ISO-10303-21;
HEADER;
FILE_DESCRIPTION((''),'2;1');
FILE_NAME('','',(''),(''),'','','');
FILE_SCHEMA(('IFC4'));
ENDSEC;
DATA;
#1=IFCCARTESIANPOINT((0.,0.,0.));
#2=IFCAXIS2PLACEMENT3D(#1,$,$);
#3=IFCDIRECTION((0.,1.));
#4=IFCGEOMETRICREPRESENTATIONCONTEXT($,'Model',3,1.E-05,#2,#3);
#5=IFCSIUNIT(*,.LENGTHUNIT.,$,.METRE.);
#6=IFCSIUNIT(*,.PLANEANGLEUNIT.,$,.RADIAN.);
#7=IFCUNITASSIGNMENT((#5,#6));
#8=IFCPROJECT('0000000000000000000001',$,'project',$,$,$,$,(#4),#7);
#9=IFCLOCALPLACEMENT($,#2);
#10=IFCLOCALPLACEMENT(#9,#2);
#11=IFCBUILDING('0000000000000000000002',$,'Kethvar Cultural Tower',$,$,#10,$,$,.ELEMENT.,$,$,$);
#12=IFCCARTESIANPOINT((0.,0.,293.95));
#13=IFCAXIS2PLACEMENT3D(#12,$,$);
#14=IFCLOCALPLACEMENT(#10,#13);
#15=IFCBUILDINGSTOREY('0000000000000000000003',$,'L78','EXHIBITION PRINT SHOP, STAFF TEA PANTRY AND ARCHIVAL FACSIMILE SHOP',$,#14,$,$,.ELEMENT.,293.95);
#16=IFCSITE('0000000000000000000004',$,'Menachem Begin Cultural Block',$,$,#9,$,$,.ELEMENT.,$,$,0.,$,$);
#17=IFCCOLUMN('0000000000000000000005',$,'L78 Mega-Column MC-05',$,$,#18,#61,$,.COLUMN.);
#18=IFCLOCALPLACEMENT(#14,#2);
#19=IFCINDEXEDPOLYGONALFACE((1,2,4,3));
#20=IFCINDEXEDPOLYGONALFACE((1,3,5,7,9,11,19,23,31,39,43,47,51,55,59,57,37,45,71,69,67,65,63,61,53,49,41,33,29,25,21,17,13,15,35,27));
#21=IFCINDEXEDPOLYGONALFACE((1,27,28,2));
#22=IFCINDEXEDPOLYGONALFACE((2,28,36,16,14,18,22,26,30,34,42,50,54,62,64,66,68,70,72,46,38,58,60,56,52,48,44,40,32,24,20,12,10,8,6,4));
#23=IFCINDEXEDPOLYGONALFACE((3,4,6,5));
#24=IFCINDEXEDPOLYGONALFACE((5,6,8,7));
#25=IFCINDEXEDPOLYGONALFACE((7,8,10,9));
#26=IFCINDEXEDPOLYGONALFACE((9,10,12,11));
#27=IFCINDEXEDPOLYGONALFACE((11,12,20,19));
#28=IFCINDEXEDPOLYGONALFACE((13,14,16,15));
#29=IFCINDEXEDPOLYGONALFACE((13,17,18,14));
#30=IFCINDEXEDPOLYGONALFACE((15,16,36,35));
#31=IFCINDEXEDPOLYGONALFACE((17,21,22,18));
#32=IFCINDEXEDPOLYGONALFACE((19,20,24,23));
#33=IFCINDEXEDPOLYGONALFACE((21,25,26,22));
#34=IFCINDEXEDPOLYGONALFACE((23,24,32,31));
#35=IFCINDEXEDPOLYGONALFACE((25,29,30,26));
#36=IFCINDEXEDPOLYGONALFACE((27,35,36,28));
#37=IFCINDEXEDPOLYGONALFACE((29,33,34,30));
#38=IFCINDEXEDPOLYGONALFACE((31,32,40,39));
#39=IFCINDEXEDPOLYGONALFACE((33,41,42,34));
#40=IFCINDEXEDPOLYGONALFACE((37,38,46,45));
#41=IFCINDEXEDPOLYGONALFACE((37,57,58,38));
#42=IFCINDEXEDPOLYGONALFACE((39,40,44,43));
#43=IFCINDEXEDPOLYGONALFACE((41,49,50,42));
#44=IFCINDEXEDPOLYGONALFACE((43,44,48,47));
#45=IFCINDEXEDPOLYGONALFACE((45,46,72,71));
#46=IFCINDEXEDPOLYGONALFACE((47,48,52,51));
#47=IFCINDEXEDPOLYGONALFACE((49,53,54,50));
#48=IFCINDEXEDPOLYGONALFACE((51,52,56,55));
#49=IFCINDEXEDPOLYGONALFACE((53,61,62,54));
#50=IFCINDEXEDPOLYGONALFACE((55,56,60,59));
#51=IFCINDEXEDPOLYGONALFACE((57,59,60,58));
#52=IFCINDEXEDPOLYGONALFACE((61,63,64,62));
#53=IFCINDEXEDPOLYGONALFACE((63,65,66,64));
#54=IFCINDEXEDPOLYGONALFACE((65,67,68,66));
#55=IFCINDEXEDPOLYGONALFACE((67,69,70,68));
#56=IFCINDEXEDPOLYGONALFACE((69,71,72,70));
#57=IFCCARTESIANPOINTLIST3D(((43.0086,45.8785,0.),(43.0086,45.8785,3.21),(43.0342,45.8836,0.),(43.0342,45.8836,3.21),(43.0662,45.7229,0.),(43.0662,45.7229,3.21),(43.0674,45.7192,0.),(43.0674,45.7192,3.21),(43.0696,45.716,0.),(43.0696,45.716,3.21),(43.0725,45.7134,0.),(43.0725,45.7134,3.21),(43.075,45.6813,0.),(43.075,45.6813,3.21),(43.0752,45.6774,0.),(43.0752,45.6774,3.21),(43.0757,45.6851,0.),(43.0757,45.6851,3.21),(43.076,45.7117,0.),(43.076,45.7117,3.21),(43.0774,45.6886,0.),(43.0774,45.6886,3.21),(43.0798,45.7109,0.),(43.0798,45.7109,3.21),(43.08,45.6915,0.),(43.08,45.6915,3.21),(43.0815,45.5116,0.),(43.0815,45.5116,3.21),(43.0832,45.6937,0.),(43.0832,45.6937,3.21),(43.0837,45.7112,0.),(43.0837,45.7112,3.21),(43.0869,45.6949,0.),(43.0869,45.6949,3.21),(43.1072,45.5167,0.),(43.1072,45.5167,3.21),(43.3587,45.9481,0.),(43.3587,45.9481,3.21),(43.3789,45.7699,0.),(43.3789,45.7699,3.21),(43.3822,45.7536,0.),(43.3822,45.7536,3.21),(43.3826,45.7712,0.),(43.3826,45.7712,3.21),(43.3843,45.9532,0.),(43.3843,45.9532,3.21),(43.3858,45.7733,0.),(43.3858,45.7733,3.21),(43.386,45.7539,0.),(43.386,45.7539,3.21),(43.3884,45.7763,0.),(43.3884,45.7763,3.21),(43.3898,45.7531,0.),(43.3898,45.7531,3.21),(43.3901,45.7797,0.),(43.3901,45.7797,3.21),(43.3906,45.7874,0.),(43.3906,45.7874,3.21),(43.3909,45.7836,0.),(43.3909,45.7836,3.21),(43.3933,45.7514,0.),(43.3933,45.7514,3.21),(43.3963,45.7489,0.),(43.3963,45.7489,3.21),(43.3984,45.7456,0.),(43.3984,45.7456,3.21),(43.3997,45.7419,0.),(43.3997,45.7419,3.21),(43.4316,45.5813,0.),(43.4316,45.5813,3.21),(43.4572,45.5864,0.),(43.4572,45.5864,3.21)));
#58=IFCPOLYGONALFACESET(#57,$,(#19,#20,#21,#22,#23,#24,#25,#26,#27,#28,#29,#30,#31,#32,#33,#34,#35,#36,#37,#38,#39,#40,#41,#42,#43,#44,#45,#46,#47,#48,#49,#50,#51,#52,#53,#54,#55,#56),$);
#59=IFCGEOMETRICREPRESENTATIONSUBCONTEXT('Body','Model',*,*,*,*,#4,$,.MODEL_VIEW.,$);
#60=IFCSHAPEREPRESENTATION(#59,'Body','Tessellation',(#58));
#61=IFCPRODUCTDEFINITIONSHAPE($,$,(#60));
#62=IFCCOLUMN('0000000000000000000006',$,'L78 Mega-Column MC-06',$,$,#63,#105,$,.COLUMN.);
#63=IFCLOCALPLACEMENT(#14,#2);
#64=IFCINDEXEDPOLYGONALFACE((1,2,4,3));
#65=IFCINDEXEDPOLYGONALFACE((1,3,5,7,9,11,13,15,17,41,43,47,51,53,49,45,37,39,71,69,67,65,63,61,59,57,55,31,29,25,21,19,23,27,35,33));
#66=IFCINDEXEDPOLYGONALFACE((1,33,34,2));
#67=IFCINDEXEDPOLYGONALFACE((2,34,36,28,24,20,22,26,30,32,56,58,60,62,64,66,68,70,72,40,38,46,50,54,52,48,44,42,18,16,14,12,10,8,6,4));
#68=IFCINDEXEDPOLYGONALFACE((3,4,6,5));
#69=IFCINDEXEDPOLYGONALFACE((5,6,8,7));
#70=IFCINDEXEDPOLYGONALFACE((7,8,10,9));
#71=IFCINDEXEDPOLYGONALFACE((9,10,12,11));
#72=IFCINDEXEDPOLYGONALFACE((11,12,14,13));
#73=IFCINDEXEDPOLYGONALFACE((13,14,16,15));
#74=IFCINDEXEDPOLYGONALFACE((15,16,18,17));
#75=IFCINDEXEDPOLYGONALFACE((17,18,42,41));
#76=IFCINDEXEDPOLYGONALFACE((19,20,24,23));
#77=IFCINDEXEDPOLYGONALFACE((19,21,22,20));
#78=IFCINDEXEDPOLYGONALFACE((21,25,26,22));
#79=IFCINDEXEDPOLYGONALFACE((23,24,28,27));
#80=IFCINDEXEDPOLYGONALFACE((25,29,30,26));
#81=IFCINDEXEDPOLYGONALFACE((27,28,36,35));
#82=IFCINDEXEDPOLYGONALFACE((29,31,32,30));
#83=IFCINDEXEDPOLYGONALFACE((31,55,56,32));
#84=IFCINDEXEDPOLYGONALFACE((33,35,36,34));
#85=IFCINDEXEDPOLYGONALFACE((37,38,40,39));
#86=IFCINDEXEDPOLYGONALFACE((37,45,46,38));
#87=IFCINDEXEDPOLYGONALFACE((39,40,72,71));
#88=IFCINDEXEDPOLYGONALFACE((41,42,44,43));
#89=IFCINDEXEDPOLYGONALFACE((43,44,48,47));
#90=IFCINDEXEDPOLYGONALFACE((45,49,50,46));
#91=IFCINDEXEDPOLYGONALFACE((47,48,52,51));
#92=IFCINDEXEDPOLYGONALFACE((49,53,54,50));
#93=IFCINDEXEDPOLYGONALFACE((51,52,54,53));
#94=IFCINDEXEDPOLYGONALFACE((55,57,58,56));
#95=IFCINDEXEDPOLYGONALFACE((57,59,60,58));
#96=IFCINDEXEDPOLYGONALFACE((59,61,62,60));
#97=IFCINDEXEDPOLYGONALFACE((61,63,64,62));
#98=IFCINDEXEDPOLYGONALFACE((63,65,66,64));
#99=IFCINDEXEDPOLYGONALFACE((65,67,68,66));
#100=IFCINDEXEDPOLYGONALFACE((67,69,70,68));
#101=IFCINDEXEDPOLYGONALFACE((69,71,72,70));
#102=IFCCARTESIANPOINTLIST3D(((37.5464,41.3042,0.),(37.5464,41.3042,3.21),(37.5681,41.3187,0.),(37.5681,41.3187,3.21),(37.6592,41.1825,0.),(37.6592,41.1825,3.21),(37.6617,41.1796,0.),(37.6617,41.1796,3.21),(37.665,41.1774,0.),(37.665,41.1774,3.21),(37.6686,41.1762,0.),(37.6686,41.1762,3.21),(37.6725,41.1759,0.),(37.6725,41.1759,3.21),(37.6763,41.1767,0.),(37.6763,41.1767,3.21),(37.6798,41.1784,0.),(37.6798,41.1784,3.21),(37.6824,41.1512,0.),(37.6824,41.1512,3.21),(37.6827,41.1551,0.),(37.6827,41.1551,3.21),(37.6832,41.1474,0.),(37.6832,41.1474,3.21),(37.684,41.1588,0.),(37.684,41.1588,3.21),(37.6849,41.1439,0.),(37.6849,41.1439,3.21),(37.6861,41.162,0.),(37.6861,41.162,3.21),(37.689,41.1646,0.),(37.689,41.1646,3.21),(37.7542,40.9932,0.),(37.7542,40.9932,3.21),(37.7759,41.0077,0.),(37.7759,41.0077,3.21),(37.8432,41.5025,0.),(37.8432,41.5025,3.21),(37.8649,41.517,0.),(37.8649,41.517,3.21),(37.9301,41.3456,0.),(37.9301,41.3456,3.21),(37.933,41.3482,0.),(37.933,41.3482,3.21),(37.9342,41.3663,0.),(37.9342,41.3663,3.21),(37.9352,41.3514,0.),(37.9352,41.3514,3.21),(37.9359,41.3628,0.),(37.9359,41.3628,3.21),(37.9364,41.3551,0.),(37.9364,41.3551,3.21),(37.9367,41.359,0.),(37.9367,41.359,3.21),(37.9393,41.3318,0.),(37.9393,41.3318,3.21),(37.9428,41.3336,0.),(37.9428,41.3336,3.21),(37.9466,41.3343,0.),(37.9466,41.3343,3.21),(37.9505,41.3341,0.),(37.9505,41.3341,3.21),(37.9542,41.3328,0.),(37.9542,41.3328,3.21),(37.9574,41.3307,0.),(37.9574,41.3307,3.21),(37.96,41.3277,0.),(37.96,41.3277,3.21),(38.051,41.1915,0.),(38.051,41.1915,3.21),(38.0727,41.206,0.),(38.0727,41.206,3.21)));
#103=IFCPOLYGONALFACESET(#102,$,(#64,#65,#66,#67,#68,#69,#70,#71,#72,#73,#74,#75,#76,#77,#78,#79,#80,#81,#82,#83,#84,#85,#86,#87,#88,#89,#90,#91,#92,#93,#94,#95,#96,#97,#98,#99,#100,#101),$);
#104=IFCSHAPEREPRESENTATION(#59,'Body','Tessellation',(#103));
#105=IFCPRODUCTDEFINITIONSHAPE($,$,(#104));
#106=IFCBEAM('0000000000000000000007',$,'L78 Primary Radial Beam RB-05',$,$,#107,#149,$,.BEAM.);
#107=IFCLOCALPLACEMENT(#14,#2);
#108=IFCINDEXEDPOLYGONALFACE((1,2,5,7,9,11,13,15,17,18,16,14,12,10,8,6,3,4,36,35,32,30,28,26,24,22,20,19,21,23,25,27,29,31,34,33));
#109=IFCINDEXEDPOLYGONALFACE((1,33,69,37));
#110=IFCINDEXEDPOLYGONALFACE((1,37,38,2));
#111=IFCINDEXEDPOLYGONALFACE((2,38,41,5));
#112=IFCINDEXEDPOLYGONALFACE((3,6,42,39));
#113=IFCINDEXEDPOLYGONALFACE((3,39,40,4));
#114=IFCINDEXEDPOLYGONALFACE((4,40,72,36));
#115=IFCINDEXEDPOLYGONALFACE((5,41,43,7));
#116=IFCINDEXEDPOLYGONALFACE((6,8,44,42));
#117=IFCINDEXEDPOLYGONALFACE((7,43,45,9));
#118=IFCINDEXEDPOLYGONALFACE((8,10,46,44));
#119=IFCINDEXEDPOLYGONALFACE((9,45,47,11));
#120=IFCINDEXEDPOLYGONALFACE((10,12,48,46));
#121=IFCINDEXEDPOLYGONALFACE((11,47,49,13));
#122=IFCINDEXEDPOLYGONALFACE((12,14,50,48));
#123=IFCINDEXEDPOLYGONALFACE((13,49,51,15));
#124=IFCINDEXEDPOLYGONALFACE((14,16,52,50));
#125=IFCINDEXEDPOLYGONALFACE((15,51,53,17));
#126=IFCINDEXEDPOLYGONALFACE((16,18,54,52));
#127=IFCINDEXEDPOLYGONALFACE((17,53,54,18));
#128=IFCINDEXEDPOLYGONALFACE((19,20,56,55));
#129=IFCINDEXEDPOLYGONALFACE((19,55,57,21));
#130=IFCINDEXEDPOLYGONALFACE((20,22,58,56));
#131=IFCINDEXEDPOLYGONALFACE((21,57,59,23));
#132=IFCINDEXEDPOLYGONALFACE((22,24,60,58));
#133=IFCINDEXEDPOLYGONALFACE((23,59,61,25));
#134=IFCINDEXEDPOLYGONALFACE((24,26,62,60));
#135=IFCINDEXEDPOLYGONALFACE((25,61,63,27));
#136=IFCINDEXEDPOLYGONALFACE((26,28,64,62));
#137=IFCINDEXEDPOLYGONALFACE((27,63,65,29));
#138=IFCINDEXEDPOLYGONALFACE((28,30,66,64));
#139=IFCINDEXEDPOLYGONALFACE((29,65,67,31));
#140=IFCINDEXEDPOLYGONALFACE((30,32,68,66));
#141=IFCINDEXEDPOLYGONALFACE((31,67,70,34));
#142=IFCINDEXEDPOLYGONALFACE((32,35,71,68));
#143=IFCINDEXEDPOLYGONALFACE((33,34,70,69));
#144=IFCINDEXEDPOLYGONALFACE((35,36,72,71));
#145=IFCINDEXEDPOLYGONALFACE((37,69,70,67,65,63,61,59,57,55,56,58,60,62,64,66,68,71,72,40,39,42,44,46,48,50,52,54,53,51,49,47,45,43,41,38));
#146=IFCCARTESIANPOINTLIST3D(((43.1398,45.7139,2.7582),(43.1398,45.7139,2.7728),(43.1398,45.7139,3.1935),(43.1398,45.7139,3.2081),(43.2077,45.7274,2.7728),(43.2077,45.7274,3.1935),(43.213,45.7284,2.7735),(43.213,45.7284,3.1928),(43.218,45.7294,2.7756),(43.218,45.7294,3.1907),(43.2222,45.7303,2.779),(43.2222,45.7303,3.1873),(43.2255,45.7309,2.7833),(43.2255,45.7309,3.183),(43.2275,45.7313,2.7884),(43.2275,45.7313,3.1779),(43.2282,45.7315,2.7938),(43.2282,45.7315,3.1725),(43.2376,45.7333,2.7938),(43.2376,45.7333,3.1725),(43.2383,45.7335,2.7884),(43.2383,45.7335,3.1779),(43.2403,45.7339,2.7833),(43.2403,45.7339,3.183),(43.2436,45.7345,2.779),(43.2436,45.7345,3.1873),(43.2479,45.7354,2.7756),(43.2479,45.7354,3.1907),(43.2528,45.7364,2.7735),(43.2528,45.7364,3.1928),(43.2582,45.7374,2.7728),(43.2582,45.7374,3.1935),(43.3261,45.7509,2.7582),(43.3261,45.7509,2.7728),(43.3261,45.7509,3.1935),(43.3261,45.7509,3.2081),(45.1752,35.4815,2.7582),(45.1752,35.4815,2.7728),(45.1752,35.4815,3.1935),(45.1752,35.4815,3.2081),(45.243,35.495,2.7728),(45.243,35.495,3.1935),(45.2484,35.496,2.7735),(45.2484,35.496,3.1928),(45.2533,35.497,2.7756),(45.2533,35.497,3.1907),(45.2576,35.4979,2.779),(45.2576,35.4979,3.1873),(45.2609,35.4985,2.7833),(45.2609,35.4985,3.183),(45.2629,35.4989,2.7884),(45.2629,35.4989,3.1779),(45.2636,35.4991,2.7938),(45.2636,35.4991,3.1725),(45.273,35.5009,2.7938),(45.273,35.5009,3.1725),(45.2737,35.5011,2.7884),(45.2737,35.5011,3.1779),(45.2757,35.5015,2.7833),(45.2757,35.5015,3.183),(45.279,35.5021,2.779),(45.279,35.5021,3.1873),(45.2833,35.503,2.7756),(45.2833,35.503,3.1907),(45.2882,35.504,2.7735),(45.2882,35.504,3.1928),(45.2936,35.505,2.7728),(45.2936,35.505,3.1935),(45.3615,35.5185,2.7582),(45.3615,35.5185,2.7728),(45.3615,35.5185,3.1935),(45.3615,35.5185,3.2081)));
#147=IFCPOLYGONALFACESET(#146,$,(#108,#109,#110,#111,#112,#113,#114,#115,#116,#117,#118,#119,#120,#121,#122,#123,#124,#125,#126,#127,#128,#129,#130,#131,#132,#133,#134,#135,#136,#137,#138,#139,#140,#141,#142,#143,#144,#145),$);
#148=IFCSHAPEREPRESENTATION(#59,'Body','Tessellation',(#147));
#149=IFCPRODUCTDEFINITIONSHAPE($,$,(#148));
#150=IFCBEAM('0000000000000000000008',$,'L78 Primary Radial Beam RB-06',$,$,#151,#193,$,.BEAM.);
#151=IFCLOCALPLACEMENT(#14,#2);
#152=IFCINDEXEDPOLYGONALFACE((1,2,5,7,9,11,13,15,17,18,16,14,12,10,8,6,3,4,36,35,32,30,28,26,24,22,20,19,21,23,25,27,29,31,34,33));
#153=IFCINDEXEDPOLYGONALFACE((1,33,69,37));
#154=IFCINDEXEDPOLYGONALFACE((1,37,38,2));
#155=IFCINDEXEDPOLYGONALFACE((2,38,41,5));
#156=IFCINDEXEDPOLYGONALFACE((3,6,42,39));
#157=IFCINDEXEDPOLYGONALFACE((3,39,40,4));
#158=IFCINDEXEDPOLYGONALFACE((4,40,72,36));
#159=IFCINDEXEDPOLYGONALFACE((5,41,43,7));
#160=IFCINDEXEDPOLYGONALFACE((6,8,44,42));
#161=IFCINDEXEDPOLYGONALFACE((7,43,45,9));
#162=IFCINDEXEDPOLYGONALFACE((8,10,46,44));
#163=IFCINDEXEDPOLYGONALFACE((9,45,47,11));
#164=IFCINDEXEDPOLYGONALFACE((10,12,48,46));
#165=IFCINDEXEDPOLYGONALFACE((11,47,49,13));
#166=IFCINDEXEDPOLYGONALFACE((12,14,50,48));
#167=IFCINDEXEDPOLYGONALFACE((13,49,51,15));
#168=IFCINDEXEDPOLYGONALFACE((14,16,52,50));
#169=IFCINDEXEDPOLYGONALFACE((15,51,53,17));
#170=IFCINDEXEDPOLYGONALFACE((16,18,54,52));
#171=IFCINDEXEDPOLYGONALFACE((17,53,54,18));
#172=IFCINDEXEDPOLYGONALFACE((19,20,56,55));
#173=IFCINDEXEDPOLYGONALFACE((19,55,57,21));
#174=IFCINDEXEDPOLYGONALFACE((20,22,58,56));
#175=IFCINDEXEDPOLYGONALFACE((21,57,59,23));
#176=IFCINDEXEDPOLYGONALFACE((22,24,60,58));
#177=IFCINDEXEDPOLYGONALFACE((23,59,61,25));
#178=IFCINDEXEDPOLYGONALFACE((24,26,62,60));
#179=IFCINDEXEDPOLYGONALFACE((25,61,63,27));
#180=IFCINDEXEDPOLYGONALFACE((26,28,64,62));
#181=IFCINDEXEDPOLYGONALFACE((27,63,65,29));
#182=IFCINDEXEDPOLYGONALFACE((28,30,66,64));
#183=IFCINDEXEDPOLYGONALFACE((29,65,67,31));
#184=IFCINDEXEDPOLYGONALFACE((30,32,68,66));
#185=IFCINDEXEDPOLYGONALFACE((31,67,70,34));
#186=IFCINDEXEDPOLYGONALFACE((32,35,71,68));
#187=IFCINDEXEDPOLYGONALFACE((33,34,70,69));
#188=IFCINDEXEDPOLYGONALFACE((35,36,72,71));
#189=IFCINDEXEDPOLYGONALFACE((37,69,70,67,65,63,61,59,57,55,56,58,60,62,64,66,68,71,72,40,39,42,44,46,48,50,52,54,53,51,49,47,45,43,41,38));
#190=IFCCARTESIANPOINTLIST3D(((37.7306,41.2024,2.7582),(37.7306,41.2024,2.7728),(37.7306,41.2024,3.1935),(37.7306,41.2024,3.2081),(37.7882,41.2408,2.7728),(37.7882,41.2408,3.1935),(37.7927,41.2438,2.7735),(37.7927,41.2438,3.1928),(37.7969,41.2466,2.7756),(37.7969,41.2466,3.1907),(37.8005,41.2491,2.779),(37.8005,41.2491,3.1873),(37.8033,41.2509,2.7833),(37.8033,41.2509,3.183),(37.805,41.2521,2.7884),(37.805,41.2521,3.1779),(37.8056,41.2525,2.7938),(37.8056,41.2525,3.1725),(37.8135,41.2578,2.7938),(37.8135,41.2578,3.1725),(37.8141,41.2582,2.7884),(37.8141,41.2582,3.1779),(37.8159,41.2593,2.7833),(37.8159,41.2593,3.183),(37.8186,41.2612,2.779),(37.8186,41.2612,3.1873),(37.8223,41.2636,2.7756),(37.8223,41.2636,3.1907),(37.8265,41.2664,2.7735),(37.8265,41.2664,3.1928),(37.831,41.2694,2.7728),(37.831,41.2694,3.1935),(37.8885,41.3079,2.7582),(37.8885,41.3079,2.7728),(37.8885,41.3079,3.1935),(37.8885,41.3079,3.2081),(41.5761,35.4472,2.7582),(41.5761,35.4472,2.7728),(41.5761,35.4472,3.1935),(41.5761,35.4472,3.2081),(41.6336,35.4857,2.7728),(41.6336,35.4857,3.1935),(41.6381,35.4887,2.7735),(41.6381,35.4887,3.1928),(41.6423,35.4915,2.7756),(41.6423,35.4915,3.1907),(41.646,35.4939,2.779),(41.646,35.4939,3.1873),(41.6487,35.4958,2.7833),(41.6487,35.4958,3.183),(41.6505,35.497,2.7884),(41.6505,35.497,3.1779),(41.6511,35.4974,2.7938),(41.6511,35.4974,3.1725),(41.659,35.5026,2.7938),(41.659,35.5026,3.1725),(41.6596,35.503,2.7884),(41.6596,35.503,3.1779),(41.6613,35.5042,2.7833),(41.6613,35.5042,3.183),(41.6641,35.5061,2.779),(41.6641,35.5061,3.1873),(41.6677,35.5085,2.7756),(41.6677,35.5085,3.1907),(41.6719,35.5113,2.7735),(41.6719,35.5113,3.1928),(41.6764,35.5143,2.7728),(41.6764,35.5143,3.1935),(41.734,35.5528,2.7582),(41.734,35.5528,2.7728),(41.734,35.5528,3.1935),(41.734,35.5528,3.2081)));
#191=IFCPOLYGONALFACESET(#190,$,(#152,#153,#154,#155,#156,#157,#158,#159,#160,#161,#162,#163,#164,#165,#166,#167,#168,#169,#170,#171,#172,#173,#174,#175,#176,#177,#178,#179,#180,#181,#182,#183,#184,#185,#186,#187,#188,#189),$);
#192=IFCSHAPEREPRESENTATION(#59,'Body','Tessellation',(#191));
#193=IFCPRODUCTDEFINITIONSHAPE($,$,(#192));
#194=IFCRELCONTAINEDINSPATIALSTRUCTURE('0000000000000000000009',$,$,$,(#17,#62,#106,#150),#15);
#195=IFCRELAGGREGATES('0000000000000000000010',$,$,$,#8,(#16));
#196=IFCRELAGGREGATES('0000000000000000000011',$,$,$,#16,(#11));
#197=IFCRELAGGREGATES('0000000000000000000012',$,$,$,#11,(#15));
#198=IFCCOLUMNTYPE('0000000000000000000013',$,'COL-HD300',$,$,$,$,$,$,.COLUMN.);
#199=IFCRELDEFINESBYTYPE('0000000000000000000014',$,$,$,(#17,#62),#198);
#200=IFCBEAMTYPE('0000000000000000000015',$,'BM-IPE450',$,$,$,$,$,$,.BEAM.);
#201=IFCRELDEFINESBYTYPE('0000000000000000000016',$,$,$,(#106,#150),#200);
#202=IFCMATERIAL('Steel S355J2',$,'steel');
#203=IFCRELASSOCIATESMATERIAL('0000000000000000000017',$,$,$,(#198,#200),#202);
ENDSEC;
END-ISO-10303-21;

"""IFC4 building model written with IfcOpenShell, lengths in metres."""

from ifc_helpers import new_model, si_unit, direction, frame, origin, origin_2d, place, context, subcontext, project, spatial, i_section, extrude, source, transform, mapped, material, material_profile, profile_set, type_object, element, save


model = new_model("IFC4")

# Units and contexts
model_context = context("Model", 3, precision=1e-05, world=origin(), true_north=direction((0.0, 1.0)))
body_context = subcontext(model_context, "Body", "Model", "MODEL_VIEW")
ifc_project = project(units=[si_unit("LENGTHUNIT", "METRE"), si_unit("PLANEANGLEUNIT", "RADIAN")], contexts=[model_context])

# Site, building, storey
site_placement = place(None, origin())
site = spatial("IfcSite", under=ifc_project, at=site_placement, Name="Menachem Begin Cultural Block", CompositionType="ELEMENT", RefElevation=0.0)
building_placement = place(site_placement, origin())
building = spatial("IfcBuilding", under=site, at=building_placement, Name="Kethvar Cultural Tower", CompositionType="ELEMENT")
storey_placement = place(building_placement, frame((0.0, 0.0, 293.95)))
storey = spatial("IfcBuildingStorey", under=building, at=storey_placement, Name="L78", Description="EXHIBITION PRINT SHOP, STAFF TEA PANTRY AND ARCHIVAL FACSIMILE SHOP", CompositionType="ELEMENT", Elevation=293.95)

# Columns
ifc_material_1 = material(Name="Steel S355J2", Category="steel")
ifc_material_profile_1 = material_profile(ifc_material_1, i_section(OverallWidth=0.374, OverallDepth=0.3831, WebThickness=0.0166, FlangeThickness=0.0261, FilletRadius=0.0149, at=origin_2d()), Name="Steel S355J2 — HD360x300")
ifc_profile_set_1 = profile_set([ifc_material_profile_1], Name="Steel S355J2 — HD360x300")
column_type = type_object("IfcColumnType", Name="COL-HD300", PredefinedType="COLUMN", material=ifc_profile_set_1)
shared_shape_1 = source(origin(), body_context, "Body", "SweptSolid", [
    extrude(i_section(OverallWidth=0.374, OverallDepth=0.3831, WebThickness=0.0166, FlangeThickness=0.0261, FilletRadius=0.0149, at=origin_2d()), origin(), (0.0, 0.0, 1.0), 3.21),
])
for number, where, z_axis, x_axis, name in (
    (1, (43.2329, 45.7324, 0.0), (0.0, 0.0, 1.0), (-0.19509, 0.980785, 0.0), "L78 Mega-Column MC-05"),
    (2, (37.8096, 41.2551, 0.0), (0.0, 0.0, 1.0), (-0.55557, 0.83147, 0.0), "L78 Mega-Column MC-06"),
):
    element("IfcColumn", number, at=place(storey_placement, frame(where, z_axis=z_axis, x_axis=x_axis)), inside=storey, type_object=column_type, Name=name, PredefinedType="COLUMN", context=body_context, shape_type="MappedRepresentation", body=[
        mapped(shared_shape_1, transform((0.0, 0.0, 0.0), scale=1.0)),
    ])

# Beams
ifc_material_profile_2 = material_profile(ifc_material_1, i_section(OverallWidth=0.1899, OverallDepth=0.45, WebThickness=0.0095, FlangeThickness=0.0146, FilletRadius=0.021, at=origin_2d()), Name="Steel S355J2 — IPE450")
ifc_profile_set_2 = profile_set([ifc_material_profile_2], Name="Steel S355J2 — IPE450")
beam_type_1 = type_object("IfcBeamType", Name="BM-IPE450", PredefinedType="BEAM", material=ifc_profile_set_2)
shared_shape_2 = source(origin(), body_context, "Body", "SweptSolid", [
    extrude(i_section(OverallWidth=0.1899, OverallDepth=0.45, WebThickness=0.0095, FlangeThickness=0.0146, FilletRadius=0.021, at=origin_2d()), origin(), (0.0, 0.0, 1.0), 10.4329),
])
beam_1_placement = place(storey_placement, frame((45.2683, 35.5, 2.9832), z_axis=(-0.195094, 0.980784, 0.0), x_axis=(-0.980784, -0.195094, 0.0)))
element("IfcBeam", 3, at=beam_1_placement, inside=storey, type_object=beam_type_1, Name="L78 Primary Radial Beam RB-05", PredefinedType="BEAM", context=body_context, shape_type="MappedRepresentation", body=[
    mapped(shared_shape_2, transform((0.0, 0.0, 0.0), scale=1.0)),
])
shared_shape_3 = source(origin(), body_context, "Body", "SweptSolid", [
    extrude(i_section(OverallWidth=0.1899, OverallDepth=0.45, WebThickness=0.0095, FlangeThickness=0.0146, FilletRadius=0.021, at=origin_2d()), origin(), (0.0, 0.0, 1.0), 6.9216),
])
beam_2_placement = place(storey_placement, frame((41.655, 35.5, 2.9832), z_axis=(-0.555571, 0.831469, 0.0), x_axis=(-0.831469, -0.555571, 0.0)))
element("IfcBeam", 4, at=beam_2_placement, inside=storey, type_object=beam_type_1, Name="L78 Primary Radial Beam RB-06", PredefinedType="BEAM", context=body_context, shape_type="MappedRepresentation", body=[
    mapped(shared_shape_3, transform((0.0, 0.0, 0.0), scale=1.0)),
])

save(model, "model.ifc")
